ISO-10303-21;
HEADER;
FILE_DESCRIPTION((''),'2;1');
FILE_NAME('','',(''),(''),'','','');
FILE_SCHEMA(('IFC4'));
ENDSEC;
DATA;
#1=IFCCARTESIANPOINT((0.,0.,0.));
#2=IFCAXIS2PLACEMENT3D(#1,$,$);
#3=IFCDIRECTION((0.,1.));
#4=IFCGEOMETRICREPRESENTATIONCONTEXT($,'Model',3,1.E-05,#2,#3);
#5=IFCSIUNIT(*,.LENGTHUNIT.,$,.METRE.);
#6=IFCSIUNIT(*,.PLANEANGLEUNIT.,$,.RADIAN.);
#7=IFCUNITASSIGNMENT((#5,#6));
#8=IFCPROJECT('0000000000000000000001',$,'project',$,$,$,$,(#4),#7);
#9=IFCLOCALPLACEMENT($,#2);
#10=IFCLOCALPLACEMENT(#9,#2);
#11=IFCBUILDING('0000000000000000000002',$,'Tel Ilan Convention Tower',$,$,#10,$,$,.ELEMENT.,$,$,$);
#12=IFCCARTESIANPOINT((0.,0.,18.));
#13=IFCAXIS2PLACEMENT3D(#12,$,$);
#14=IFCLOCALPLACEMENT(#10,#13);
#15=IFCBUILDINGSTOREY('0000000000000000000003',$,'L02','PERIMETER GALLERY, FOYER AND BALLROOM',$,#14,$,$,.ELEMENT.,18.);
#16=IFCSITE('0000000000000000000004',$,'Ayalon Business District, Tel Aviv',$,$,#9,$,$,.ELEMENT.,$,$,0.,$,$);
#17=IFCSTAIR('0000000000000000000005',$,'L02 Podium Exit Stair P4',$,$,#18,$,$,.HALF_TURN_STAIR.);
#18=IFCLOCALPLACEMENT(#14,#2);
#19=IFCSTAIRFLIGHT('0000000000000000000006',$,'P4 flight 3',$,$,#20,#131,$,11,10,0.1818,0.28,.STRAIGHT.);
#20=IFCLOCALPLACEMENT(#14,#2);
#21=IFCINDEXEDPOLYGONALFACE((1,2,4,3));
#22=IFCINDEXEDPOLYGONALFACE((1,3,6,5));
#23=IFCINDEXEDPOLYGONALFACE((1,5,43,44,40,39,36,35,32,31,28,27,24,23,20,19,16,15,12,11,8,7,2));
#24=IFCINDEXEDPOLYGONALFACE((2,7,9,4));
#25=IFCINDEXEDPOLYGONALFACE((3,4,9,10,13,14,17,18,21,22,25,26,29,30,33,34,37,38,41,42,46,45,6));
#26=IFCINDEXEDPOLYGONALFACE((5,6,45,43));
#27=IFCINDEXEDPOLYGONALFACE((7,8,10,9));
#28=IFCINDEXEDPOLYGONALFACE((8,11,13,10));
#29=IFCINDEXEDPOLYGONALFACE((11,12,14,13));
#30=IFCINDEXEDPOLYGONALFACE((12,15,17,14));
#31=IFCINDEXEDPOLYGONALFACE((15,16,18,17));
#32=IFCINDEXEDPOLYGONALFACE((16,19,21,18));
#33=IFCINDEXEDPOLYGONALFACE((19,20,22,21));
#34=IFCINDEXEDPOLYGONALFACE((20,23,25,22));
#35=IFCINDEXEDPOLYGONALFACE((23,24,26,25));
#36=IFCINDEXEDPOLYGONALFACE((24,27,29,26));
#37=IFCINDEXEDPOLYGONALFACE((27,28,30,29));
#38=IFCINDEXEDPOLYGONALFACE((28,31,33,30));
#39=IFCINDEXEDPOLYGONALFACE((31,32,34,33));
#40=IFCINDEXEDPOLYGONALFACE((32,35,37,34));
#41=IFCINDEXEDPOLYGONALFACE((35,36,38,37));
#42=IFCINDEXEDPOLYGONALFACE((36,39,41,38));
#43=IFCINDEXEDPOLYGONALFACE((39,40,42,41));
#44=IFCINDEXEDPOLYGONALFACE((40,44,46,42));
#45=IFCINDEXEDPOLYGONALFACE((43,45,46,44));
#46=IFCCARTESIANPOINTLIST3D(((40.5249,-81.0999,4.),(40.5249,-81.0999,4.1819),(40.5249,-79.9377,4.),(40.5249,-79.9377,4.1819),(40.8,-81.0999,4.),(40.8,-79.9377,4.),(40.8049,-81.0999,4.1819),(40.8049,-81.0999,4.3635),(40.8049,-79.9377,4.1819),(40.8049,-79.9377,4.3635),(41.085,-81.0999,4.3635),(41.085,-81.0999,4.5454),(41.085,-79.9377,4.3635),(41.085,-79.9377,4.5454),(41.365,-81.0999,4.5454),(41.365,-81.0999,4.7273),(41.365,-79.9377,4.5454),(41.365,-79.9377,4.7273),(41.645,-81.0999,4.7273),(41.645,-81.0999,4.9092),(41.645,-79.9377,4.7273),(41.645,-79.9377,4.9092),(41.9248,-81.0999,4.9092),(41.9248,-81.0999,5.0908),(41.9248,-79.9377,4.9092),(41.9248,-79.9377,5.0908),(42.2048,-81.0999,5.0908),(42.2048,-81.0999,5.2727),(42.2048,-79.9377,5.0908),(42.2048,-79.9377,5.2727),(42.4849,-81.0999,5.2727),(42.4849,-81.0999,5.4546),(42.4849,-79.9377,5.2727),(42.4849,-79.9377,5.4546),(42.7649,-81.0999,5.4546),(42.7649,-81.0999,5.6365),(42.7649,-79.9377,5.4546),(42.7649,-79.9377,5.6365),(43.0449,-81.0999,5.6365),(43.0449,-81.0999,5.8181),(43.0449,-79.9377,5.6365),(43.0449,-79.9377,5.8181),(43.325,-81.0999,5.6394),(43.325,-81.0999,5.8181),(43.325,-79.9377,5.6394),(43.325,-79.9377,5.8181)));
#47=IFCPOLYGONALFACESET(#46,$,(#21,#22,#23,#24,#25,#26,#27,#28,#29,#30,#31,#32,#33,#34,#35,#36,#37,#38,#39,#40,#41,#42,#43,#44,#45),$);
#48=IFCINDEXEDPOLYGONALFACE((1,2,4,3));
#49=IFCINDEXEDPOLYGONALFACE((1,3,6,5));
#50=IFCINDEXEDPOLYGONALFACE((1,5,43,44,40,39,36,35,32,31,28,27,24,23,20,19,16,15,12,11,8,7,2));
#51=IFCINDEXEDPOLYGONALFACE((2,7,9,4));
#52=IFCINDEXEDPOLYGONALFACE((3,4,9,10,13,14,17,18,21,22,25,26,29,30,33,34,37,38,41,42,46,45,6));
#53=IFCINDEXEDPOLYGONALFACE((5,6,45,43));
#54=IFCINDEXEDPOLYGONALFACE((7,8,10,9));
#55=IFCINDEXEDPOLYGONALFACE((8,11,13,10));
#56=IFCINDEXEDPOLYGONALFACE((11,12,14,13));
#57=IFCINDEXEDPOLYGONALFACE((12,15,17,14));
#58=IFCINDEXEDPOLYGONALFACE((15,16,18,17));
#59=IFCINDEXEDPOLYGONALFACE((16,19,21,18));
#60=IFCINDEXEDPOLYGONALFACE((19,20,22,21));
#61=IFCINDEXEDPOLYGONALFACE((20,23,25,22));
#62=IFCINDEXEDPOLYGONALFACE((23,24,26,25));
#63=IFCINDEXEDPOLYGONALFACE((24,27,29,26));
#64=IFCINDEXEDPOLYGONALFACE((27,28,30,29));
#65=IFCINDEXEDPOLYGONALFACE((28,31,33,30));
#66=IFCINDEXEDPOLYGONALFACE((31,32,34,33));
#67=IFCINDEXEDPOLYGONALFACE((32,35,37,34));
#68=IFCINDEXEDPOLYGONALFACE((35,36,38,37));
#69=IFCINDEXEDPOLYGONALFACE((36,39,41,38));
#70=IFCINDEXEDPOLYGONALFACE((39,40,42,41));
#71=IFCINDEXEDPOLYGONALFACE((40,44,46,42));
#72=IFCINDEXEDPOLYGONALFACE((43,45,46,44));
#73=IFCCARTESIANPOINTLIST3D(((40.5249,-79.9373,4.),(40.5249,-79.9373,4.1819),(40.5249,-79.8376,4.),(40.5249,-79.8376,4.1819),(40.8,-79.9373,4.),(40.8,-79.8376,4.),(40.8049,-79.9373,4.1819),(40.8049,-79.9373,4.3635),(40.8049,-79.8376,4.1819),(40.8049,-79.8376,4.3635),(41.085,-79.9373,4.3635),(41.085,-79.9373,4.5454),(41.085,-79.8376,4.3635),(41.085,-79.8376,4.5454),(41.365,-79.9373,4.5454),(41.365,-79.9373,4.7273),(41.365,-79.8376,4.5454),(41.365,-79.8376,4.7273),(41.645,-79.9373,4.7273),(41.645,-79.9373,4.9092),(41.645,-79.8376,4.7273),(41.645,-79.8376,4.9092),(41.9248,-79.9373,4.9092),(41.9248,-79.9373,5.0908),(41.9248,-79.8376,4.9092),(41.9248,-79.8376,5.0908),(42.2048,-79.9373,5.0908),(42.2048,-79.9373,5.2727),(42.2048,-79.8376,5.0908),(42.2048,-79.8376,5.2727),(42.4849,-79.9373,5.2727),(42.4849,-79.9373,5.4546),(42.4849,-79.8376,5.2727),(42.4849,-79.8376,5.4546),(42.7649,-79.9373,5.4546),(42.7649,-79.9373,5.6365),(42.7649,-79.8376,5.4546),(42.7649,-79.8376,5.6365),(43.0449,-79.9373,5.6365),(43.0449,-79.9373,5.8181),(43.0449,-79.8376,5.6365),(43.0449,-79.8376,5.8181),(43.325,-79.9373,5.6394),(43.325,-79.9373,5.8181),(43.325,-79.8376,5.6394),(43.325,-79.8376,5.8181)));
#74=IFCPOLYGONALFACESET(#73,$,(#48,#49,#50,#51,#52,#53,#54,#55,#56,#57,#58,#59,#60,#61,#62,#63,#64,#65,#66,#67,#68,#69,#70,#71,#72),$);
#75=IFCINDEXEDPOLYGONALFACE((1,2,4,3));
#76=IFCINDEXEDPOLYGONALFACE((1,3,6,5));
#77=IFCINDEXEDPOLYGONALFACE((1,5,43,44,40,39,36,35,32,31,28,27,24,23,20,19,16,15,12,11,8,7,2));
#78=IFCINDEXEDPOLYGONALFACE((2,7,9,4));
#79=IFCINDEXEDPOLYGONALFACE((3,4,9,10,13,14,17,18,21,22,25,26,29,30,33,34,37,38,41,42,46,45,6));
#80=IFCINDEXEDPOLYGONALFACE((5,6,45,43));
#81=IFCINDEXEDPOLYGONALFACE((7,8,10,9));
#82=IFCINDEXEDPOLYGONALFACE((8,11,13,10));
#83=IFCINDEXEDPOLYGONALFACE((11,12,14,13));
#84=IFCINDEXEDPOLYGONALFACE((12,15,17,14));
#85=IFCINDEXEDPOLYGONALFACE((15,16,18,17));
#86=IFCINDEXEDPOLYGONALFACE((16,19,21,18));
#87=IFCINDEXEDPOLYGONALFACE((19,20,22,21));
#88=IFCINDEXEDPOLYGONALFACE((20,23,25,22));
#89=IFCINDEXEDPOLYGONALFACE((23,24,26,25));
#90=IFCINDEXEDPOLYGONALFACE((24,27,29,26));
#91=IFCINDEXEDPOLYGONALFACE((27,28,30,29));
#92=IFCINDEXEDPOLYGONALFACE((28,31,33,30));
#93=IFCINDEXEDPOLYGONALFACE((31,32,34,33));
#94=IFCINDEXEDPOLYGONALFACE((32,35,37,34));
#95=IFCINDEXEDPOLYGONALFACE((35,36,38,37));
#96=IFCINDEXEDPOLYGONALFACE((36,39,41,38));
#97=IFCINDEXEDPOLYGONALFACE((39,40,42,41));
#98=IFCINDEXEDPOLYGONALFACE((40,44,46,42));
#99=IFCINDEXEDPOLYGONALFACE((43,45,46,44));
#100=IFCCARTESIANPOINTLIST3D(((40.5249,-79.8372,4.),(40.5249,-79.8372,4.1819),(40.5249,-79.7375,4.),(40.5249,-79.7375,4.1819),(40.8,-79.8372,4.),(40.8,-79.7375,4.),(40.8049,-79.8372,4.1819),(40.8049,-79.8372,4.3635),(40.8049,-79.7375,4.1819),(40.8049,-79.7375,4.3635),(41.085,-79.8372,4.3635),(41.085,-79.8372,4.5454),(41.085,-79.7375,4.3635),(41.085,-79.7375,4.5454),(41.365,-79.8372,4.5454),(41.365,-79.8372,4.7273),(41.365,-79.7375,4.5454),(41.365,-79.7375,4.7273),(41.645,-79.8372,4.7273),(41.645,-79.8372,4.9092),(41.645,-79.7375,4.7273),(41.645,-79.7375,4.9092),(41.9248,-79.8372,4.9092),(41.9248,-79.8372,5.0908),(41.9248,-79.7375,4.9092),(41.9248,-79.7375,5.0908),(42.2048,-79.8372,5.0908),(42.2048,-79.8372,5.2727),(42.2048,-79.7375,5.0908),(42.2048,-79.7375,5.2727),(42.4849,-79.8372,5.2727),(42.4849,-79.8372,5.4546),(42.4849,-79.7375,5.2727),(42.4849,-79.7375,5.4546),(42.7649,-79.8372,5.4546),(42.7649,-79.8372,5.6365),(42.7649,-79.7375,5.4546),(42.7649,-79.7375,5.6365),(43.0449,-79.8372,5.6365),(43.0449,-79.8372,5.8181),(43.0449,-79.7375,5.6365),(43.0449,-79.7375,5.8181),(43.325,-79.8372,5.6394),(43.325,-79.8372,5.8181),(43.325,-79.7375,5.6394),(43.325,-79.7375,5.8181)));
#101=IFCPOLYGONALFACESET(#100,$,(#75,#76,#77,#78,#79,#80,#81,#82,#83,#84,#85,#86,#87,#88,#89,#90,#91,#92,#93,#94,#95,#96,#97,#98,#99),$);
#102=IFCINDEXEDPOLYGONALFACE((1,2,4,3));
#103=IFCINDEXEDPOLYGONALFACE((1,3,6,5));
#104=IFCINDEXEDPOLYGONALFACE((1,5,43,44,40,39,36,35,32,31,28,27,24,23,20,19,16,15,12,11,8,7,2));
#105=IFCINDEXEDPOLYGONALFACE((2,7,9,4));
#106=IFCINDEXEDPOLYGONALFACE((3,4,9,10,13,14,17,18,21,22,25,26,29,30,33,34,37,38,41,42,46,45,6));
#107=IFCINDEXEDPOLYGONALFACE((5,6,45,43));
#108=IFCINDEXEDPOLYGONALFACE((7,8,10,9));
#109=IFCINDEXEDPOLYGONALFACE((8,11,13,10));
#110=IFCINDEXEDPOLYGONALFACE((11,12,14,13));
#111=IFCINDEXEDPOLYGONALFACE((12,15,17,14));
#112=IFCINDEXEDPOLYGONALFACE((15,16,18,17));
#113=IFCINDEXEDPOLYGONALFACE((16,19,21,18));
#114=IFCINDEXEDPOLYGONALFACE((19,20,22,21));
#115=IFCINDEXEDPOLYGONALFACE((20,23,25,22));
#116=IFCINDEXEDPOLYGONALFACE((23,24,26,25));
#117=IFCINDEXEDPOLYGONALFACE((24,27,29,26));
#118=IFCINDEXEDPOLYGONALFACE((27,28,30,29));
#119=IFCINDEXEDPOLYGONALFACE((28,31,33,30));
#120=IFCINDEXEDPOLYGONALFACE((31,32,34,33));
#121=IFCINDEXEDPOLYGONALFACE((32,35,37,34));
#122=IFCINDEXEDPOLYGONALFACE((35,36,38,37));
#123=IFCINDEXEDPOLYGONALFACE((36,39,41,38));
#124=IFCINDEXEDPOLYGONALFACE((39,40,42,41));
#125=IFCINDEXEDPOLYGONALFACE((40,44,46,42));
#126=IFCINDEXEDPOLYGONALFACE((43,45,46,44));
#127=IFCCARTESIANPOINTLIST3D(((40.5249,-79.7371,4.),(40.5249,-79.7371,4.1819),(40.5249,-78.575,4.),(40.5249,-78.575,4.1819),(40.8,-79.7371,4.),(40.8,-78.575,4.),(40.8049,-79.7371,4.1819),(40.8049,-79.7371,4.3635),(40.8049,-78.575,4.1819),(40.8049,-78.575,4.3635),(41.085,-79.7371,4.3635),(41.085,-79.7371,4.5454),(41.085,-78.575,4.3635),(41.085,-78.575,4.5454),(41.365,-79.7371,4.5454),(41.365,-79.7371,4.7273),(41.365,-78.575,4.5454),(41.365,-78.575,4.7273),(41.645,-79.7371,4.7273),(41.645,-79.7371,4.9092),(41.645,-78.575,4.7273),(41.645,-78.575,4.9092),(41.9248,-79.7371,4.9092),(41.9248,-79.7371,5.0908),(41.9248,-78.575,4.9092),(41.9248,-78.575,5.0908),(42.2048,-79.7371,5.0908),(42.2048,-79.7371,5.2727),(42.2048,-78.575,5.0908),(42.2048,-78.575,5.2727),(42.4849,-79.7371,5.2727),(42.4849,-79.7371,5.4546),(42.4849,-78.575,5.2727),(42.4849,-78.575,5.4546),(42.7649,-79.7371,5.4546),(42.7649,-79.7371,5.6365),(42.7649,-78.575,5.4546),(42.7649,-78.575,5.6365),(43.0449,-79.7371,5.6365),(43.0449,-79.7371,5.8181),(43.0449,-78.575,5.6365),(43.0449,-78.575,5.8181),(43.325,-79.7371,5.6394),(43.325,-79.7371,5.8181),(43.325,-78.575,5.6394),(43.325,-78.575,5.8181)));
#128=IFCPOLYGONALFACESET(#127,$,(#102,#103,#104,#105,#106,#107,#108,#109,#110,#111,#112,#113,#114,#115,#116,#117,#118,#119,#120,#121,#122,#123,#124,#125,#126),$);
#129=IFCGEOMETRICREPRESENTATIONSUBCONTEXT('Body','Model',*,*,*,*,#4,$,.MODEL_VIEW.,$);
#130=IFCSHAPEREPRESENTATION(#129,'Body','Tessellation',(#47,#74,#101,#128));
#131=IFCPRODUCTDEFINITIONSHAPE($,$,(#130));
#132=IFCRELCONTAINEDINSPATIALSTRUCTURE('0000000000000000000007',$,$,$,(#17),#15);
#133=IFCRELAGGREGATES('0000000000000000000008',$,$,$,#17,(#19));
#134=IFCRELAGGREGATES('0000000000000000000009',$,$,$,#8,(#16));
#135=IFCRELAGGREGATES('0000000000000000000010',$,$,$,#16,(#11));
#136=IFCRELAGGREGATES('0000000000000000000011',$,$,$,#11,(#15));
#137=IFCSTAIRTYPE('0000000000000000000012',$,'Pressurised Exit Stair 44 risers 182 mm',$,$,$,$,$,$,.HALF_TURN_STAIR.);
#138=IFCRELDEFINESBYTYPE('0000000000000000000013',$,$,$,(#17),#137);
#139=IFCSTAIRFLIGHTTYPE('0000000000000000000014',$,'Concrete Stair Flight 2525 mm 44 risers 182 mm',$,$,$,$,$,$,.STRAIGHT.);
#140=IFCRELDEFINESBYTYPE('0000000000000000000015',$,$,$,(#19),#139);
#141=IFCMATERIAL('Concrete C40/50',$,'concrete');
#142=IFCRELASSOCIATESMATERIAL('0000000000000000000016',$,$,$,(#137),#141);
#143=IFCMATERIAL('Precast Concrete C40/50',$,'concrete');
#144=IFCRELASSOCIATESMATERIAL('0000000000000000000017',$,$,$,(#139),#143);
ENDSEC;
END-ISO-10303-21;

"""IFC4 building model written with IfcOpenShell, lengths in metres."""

from ifc_helpers import new_model, si_unit, direction, frame, origin, place, context, subcontext, project, spatial, polyline, outline, extrude, material, type_object, element, aggregate, save


model = new_model("IFC4")

# Units and contexts
model_context = context("Model", 3, precision=1e-05, world=origin(), true_north=direction((0.0, 1.0)))
body_context = subcontext(model_context, "Body", "Model", "MODEL_VIEW")
ifc_project = project(units=[si_unit("LENGTHUNIT", "METRE"), si_unit("PLANEANGLEUNIT", "RADIAN")], contexts=[model_context])

# Site, building, storey
site_placement = place(None, origin())
site = spatial("IfcSite", under=ifc_project, at=site_placement, Name="Ayalon Business District, Tel Aviv", CompositionType="ELEMENT", RefElevation=0.0)
building_placement = place(site_placement, origin())
building = spatial("IfcBuilding", under=site, at=building_placement, Name="Tel Ilan Convention Tower", CompositionType="ELEMENT")
storey_placement = place(building_placement, frame((0.0, 0.0, 18.0)))
storey = spatial("IfcBuildingStorey", under=building, at=storey_placement, Name="L02", Description="PERIMETER GALLERY, FOYER AND BALLROOM", CompositionType="ELEMENT", Elevation=18.0)

# Stair, stair flight
ifc_material_1 = material(Name="Concrete C40/50", Category="concrete")
stair_type = type_object("IfcStairType", Name="Pressurised Exit Stair 44 risers 182 mm", PredefinedType="HALF_TURN_STAIR", material=ifc_material_1)
stair_1_placement = place(storey_placement, origin())
stair_1 = element("IfcStair", 1, at=stair_1_placement, inside=storey, type_object=stair_type, Name="L02 Podium Exit Stair P4", PredefinedType="HALF_TURN_STAIR")
ifc_material_2 = material(Name="Precast Concrete C40/50", Category="concrete")
stair_flight_type = type_object("IfcStairFlightType", Name="Concrete Stair Flight 2525 mm 44 risers 182 mm", PredefinedType="STRAIGHT", material=ifc_material_2)
stair_flight_1_placement = place(storey_placement, frame((40.5249, -79.8374, 4.0), z_axis=(0.0, 0.0, 1.0), x_axis=(1.0, 0.0, 0.0)))
stair_flight_1 = element("IfcStairFlight", 2, at=stair_flight_1_placement, type_object=stair_flight_type, Name="P4 flight 3", NumberOfRisers=11, NumberOfTreads=10, PredefinedType="STRAIGHT", RiserHeight=0.1818, TreadLength=0.28, context=body_context, shape_type="SweptSolid", body=[
    extrude(outline(polyline([(0.0, 0.0), (0.0, 0.1819), (0.28, 0.1819), (0.28, 0.3635), (0.5601, 0.3635), (0.5601, 0.5454), (0.8401, 0.5454), (0.8401, 0.7273), (1.1201, 0.7273), (1.1201, 0.9092), (1.3999, 0.9092), (1.3999, 1.0908), (1.6799, 1.0908), (1.6799, 1.2727), (1.96, 1.2727), (1.96, 1.4546), (2.24, 1.4546), (2.24, 1.6365), (2.52, 1.6365), (2.52, 1.8181), (2.8, 1.8181), (2.8, 2.0), (2.8, 1.6394), (0.2751, 0.0), (0.0, 0.0)])), frame((0.0, -0.1003, 0.0), z_axis=(0.0, -1.0, 0.0), x_axis=(1.0, 0.0, 0.0)), (0.0, 0.0, 1.0), 1.1621),
    extrude(outline(polyline([(0.0, 0.0), (0.0, 0.1819), (0.28, 0.1819), (0.28, 0.3635), (0.5601, 0.3635), (0.5601, 0.5454), (0.8401, 0.5454), (0.8401, 0.7273), (1.1201, 0.7273), (1.1201, 0.9092), (1.3999, 0.9092), (1.3999, 1.0908), (1.6799, 1.0908), (1.6799, 1.2727), (1.96, 1.2727), (1.96, 1.4546), (2.24, 1.4546), (2.24, 1.6365), (2.52, 1.6365), (2.52, 1.8181), (2.8, 1.8181), (2.8, 2.0), (2.8, 1.6394), (0.2751, 0.0), (0.0, 0.0)])), frame((0.0, -0.0002, 0.0), z_axis=(0.0, -1.0, 0.0), x_axis=(1.0, 0.0, 0.0)), (0.0, 0.0, 1.0), 0.0996),
    extrude(outline(polyline([(0.0, 0.0), (0.0, 0.1819), (0.28, 0.1819), (0.28, 0.3635), (0.5601, 0.3635), (0.5601, 0.5454), (0.8401, 0.5454), (0.8401, 0.7273), (1.1201, 0.7273), (1.1201, 0.9092), (1.3999, 0.9092), (1.3999, 1.0908), (1.6799, 1.0908), (1.6799, 1.2727), (1.96, 1.2727), (1.96, 1.4546), (2.24, 1.4546), (2.24, 1.6365), (2.52, 1.6365), (2.52, 1.8181), (2.8, 1.8181), (2.8, 2.0), (2.8, 1.6394), (0.2751, 0.0), (0.0, 0.0)])), frame((0.0, 0.0999, 0.0), z_axis=(0.0, -1.0, 0.0), x_axis=(1.0, 0.0, 0.0)), (0.0, 0.0, 1.0), 0.0996),
    extrude(outline(polyline([(0.0, 0.0), (0.0, 0.1819), (0.28, 0.1819), (0.28, 0.3635), (0.5601, 0.3635), (0.5601, 0.5454), (0.8401, 0.5454), (0.8401, 0.7273), (1.1201, 0.7273), (1.1201, 0.9092), (1.3999, 0.9092), (1.3999, 1.0908), (1.6799, 1.0908), (1.6799, 1.2727), (1.96, 1.2727), (1.96, 1.4546), (2.24, 1.4546), (2.24, 1.6365), (2.52, 1.6365), (2.52, 1.8181), (2.8, 1.8181), (2.8, 2.0), (2.8, 1.6394), (0.2751, 0.0), (0.0, 0.0)])), frame((0.0, 1.2625, 0.0), z_axis=(0.0, -1.0, 0.0), x_axis=(1.0, 0.0, 0.0)), (0.0, 0.0, 1.0), 1.1621),
])
aggregate(stair_1, [stair_flight_1])

save(model, "model.ifc")
